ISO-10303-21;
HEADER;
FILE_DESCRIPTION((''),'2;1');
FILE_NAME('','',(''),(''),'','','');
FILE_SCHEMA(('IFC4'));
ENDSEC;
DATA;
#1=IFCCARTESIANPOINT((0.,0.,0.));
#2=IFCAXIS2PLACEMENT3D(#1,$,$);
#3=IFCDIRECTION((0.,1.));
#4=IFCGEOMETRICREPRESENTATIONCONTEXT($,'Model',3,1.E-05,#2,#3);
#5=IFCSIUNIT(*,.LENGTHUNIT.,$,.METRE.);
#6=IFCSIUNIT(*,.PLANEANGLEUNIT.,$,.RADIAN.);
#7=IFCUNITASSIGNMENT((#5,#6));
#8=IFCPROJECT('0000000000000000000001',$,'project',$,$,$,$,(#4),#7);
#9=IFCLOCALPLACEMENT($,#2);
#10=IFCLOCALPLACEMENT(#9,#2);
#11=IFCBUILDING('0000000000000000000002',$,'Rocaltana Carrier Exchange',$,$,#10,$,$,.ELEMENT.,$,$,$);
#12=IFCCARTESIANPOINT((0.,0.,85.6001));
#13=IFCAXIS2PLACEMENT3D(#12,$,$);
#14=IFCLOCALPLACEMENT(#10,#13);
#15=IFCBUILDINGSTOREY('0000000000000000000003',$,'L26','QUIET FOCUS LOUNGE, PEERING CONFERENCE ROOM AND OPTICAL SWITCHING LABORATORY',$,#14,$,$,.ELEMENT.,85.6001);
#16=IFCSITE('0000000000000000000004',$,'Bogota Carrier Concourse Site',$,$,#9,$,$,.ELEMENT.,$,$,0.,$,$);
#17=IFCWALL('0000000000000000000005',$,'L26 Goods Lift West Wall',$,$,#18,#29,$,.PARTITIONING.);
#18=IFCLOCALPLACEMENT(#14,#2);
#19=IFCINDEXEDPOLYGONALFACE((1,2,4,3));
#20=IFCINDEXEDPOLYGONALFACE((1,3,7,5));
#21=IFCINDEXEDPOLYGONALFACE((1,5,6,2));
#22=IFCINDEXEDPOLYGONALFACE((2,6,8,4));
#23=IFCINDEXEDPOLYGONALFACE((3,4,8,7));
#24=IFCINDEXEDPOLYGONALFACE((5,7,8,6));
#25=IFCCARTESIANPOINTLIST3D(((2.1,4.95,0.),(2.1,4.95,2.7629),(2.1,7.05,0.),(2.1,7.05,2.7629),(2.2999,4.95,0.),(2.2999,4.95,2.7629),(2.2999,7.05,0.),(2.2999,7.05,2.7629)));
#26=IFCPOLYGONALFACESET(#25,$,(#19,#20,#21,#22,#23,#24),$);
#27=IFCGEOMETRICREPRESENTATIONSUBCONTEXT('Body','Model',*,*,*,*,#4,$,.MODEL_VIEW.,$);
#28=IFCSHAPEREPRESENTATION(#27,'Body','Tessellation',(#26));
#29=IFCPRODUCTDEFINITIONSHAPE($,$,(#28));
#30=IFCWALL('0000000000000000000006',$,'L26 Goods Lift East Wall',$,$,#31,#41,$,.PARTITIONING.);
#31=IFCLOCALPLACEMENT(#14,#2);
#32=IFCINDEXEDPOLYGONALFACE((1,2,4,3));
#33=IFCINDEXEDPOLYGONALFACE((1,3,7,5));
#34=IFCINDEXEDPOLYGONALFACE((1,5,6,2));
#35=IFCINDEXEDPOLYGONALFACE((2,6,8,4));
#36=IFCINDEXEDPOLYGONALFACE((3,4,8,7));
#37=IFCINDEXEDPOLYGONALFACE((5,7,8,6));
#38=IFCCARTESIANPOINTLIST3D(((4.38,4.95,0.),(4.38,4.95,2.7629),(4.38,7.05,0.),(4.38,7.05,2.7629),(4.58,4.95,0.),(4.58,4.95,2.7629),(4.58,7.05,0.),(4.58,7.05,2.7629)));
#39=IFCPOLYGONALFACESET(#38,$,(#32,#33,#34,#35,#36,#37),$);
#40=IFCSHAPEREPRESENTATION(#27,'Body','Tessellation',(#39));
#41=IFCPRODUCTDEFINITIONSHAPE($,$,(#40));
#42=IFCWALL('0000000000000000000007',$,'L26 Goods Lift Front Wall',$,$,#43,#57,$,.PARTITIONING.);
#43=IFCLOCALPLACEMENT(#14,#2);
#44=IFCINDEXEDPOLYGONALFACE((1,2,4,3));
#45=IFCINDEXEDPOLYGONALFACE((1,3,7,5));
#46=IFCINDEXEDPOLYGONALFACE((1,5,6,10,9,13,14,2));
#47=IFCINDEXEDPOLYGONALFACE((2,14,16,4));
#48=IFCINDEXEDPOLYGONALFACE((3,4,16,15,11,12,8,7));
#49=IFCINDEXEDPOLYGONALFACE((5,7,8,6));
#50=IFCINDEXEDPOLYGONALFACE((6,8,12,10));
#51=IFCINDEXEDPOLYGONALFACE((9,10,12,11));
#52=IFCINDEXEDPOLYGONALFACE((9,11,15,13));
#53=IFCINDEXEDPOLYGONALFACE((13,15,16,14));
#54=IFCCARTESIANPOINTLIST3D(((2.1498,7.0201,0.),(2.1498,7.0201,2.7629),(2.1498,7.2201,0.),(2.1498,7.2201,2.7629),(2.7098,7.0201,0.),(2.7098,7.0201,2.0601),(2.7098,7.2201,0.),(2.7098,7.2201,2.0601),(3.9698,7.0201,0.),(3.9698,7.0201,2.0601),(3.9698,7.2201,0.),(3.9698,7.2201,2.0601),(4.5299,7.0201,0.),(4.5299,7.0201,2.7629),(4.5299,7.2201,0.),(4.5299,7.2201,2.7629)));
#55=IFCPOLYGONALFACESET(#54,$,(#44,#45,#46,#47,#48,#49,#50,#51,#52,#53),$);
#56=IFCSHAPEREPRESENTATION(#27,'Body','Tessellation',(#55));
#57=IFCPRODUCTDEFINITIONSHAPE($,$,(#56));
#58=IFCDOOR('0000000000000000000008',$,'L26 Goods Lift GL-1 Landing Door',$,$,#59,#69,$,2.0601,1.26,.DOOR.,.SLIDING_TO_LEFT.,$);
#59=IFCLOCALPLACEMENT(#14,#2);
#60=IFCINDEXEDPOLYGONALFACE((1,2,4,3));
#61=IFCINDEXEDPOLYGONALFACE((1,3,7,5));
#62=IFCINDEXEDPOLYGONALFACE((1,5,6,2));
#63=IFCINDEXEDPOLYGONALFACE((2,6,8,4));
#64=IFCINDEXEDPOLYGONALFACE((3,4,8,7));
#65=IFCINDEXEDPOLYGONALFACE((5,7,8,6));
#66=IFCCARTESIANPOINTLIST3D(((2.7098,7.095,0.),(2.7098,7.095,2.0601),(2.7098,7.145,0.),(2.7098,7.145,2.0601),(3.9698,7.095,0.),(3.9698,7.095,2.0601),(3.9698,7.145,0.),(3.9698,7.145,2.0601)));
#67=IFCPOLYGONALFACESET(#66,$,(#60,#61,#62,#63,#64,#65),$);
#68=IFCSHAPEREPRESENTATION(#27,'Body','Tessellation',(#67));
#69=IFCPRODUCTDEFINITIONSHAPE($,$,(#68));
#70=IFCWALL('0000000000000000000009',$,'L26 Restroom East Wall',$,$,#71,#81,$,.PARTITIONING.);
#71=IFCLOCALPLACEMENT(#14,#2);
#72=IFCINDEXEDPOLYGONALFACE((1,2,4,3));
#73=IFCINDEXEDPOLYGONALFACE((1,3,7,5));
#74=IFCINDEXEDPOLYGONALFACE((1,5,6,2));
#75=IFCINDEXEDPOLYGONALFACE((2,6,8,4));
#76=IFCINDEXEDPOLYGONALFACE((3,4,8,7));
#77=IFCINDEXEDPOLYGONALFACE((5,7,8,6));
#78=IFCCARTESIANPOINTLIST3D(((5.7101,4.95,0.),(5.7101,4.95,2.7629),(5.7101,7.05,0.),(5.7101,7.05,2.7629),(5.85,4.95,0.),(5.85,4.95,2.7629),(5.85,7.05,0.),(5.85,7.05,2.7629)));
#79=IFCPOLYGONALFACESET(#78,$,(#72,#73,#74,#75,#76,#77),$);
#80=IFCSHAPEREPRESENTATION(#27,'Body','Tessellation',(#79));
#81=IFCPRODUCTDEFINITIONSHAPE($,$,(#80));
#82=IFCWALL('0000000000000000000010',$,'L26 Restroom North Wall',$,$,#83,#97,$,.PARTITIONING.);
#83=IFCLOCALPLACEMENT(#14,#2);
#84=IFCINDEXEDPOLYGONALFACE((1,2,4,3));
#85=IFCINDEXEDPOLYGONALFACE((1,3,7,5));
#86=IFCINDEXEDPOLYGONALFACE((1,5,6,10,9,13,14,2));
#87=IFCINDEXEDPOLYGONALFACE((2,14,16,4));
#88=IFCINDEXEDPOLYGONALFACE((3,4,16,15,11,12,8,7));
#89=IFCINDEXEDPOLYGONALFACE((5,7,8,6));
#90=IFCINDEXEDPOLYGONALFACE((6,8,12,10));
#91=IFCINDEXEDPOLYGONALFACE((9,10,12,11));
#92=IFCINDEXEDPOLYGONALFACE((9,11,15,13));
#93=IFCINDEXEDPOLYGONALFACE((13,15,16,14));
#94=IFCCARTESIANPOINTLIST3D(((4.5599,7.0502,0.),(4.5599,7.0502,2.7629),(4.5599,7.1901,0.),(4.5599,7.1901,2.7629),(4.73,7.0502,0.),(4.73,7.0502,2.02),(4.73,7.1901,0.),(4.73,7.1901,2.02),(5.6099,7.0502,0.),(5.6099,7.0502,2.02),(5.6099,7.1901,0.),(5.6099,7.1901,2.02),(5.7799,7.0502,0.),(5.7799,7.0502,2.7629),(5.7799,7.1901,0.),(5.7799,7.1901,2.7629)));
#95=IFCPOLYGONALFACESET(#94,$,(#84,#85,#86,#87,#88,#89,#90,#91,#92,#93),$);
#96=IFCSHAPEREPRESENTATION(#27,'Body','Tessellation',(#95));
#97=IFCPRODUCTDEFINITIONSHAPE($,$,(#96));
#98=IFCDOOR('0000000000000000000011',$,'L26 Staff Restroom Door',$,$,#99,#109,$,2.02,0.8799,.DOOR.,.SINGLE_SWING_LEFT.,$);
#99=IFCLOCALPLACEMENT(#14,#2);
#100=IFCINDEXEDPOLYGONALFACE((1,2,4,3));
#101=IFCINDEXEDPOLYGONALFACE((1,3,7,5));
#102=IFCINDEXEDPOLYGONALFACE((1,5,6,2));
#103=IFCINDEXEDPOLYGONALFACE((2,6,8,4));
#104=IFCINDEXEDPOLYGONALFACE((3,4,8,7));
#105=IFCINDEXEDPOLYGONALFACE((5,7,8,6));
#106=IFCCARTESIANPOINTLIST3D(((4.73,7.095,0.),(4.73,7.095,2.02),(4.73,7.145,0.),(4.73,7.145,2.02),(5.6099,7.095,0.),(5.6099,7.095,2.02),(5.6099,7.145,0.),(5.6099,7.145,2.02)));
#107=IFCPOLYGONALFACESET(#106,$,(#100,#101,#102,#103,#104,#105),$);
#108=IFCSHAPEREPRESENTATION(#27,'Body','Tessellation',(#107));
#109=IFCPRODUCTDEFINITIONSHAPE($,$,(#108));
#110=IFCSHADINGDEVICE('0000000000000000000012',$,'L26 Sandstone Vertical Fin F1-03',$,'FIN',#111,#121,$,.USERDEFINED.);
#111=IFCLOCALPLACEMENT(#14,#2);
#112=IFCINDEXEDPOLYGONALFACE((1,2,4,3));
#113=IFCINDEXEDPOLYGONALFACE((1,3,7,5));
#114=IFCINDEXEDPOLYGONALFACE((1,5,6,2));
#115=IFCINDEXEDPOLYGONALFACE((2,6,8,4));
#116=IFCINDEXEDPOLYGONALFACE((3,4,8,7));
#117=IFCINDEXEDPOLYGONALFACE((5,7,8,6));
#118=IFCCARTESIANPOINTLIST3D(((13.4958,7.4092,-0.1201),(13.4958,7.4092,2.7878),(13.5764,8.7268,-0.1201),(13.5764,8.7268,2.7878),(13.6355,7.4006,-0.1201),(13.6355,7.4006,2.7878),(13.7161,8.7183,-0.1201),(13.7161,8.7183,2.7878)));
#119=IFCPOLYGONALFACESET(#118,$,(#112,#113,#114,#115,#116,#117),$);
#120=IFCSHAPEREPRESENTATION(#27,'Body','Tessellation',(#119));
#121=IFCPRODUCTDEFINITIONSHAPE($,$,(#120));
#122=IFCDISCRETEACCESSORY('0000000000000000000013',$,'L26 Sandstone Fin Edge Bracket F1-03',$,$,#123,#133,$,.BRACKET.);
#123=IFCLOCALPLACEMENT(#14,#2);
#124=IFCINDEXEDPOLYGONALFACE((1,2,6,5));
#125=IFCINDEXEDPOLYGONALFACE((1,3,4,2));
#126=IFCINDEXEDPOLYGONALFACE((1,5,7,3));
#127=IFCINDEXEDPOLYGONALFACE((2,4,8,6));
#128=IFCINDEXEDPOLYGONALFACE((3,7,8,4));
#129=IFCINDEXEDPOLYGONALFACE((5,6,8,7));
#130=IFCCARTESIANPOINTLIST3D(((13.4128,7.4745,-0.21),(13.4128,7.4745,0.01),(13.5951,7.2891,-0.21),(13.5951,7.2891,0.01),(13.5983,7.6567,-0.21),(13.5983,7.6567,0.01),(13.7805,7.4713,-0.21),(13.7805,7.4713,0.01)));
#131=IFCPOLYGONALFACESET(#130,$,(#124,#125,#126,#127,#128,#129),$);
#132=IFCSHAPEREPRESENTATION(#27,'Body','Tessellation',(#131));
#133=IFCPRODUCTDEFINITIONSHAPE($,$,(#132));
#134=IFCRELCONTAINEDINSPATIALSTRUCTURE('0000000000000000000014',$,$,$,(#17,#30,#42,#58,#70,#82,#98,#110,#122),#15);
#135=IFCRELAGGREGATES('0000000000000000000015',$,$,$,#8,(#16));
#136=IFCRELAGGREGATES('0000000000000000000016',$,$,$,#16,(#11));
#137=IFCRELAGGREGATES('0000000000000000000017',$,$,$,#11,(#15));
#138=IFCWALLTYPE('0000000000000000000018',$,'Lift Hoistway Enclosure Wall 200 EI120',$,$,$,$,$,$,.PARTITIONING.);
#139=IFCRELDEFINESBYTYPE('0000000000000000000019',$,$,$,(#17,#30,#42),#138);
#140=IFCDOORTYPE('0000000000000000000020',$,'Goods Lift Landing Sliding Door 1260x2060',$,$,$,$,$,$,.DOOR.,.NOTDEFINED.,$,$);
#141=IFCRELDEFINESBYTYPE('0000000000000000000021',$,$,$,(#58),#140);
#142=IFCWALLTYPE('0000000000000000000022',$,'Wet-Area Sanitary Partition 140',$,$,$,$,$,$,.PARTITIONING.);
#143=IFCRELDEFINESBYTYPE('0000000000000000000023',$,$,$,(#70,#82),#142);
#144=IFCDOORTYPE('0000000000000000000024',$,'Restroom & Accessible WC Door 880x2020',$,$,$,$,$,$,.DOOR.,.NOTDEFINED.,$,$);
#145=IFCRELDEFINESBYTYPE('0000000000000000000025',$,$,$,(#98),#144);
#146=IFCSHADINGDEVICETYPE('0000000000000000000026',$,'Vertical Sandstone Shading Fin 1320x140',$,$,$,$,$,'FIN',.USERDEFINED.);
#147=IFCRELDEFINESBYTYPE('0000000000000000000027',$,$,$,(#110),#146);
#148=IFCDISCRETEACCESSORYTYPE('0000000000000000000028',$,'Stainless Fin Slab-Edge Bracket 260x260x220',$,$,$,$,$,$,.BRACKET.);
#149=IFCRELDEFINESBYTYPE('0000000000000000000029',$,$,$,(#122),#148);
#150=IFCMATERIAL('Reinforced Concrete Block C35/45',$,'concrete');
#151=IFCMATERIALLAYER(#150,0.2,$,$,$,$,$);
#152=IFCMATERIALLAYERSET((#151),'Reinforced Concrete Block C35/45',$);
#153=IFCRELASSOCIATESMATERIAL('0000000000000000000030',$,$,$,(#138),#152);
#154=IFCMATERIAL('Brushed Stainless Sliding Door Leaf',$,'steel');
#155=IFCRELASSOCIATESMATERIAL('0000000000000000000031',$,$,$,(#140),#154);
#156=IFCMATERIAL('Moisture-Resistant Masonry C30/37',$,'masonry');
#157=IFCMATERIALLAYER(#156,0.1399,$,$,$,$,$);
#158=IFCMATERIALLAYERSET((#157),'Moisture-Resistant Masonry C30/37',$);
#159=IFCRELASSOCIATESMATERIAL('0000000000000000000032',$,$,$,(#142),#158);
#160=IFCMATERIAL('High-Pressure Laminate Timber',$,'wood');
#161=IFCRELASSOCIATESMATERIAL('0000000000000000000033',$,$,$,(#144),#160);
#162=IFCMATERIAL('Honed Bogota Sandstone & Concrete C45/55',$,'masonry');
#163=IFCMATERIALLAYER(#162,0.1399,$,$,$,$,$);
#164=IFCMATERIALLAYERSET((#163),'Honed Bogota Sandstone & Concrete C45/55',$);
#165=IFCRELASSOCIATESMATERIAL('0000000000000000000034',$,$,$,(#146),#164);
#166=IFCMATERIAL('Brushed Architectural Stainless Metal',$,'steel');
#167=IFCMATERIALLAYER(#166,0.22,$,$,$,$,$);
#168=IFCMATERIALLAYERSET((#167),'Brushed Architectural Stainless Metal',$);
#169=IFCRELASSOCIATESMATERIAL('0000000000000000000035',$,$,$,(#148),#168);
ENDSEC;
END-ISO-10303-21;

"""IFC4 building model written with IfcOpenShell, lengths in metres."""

from ifc_helpers import new_model, si_unit, direction, frame, frame_2d, origin, origin_2d, place, context, subcontext, project, spatial, rectangle, extrude, material, layer, layer_set, type_object, element, fill, save


model = new_model("IFC4")

# Units and contexts
model_context = context("Model", 3, precision=1e-05, world=origin(), true_north=direction((0.0, 1.0)))
body_context = subcontext(model_context, "Body", "Model", "MODEL_VIEW")
ifc_project = project(units=[si_unit("LENGTHUNIT", "METRE"), si_unit("PLANEANGLEUNIT", "RADIAN")], contexts=[model_context])

# Site, building, storey
site_placement = place(None, origin())
site = spatial("IfcSite", under=ifc_project, at=site_placement, Name="Bogota Carrier Concourse Site", CompositionType="ELEMENT", RefElevation=0.0)
building_placement = place(site_placement, origin())
building = spatial("IfcBuilding", under=site, at=building_placement, Name="Rocaltana Carrier Exchange", CompositionType="ELEMENT")
storey_placement = place(building_placement, frame((0.0, 0.0, 85.6001)))
storey = spatial("IfcBuildingStorey", under=building, at=storey_placement, Name="L26", Description="QUIET FOCUS LOUNGE, PEERING CONFERENCE ROOM AND OPTICAL SWITCHING LABORATORY", CompositionType="ELEMENT", Elevation=85.6001)

# Walls
ifc_material_1 = material(Name="Reinforced Concrete Block C35/45", Category="concrete")
ifc_layer_1 = layer(ifc_material_1, 0.2)
ifc_layer_set_1 = layer_set([ifc_layer_1], Name="Reinforced Concrete Block C35/45")
wall_type_1 = type_object("IfcWallType", Name="Lift Hoistway Enclosure Wall 200 EI120", PredefinedType="PARTITIONING", material=ifc_layer_set_1)
for number, where, z_axis, x_axis, name in (
    (1, (2.2, 4.95, 0.0), (0.0, 0.0, 1.0), (0.0, 1.0, 0.0), "L26 Goods Lift West Wall"),
    (2, (4.48, 4.95, 0.0), (0.0, 0.0, 1.0), (0.0, 1.0, 0.0), "L26 Goods Lift East Wall"),
):
    element("IfcWall", number, at=place(storey_placement, frame(where, z_axis=z_axis, x_axis=x_axis)), inside=storey, type_object=wall_type_1, Name=name, PredefinedType="PARTITIONING", context=body_context, shape_type="SweptSolid", body=[
        extrude(rectangle(XDim=2.1001, YDim=0.2, at=frame_2d((1.05, 0.0))), origin(), (0.0, 0.0, 1.0), 2.7629),
    ])

# Wall, opening, door
wall_1_placement = place(storey_placement, frame((2.1499, 7.1201, 0.0), z_axis=(0.0, 0.0, 1.0), x_axis=(1.0, 0.0, 0.0)))
wall_1 = element("IfcWall", 3, at=wall_1_placement, inside=storey, type_object=wall_type_1, Name="L26 Goods Lift Front Wall", PredefinedType="PARTITIONING", context=body_context, shape_type="SweptSolid", body=[
    extrude(rectangle(XDim=2.3801, YDim=0.2, at=frame_2d((1.1899, 0.0))), origin(), (0.0, 0.0, 1.0), 2.7629),
])
opening_1_placement = place(wall_1_placement, frame((0.5601, 0.0, 0.0)))
opening_1 = element("IfcOpeningElement", 4, at=opening_1_placement, cuts=wall_1, PredefinedType="OPENING", context=body_context, shape_type="SweptSolid", body=[
    extrude(rectangle(XDim=1.26, YDim=2.0601, at=frame_2d((0.6299, 1.03))), frame((0.0, 0.1099, 0.0), z_axis=(0.0, -1.0, 0.0), x_axis=(1.0, 0.0, 0.0)), (0.0, 0.0, 1.0), 0.22),
])
ifc_material_2 = material(Name="Brushed Stainless Sliding Door Leaf", Category="steel")
door_type_1 = type_object("IfcDoorType", Name="Goods Lift Landing Sliding Door 1260x2060", OperationType="NOTDEFINED", PredefinedType="DOOR", material=ifc_material_2)
door_1_placement = place(opening_1_placement, origin())
door_1 = element("IfcDoor", 5, at=door_1_placement, inside=storey, type_object=door_type_1, Name="L26 Goods Lift GL-1 Landing Door", OperationType="SLIDING_TO_LEFT", OverallHeight=2.0601, OverallWidth=1.26, PredefinedType="DOOR", context=body_context, shape_type="SweptSolid", body=[
    extrude(rectangle(XDim=1.26, YDim=2.0601, at=frame_2d((0.6299, 1.03))), frame((0.0, 0.0249, 0.0), z_axis=(0.0, -1.0, 0.0), x_axis=(1.0, 0.0, 0.0)), (0.0, 0.0, 1.0), 0.05),
])
fill(opening_1, door_1)

# Wall
ifc_material_3 = material(Name="Moisture-Resistant Masonry C30/37", Category="masonry")
ifc_layer_2 = layer(ifc_material_3, 0.1399)
ifc_layer_set_2 = layer_set([ifc_layer_2], Name="Moisture-Resistant Masonry C30/37")
wall_type_2 = type_object("IfcWallType", Name="Wet-Area Sanitary Partition 140", PredefinedType="PARTITIONING", material=ifc_layer_set_2)
wall_2_placement = place(storey_placement, frame((5.78, 4.95, 0.0), z_axis=(0.0, 0.0, 1.0), x_axis=(0.0, 1.0, 0.0)))
element("IfcWall", 6, at=wall_2_placement, inside=storey, type_object=wall_type_2, Name="L26 Restroom East Wall", PredefinedType="PARTITIONING", context=body_context, shape_type="SweptSolid", body=[
    extrude(rectangle(XDim=2.1001, YDim=0.1399, at=frame_2d((1.05, 0.0))), origin(), (0.0, 0.0, 1.0), 2.7629),
])

# Wall, opening, door
wall_3_placement = place(storey_placement, frame((4.5601, 7.1201, 0.0), z_axis=(0.0, 0.0, 1.0), x_axis=(1.0, 0.0, 0.0)))
wall_3 = element("IfcWall", 7, at=wall_3_placement, inside=storey, type_object=wall_type_2, Name="L26 Restroom North Wall", PredefinedType="PARTITIONING", context=body_context, shape_type="SweptSolid", body=[
    extrude(rectangle(XDim=1.22, YDim=0.1399, at=frame_2d((0.6099, 0.0))), origin(), (0.0, 0.0, 1.0), 2.7629),
])
opening_2_placement = place(wall_3_placement, frame((0.1699, 0.0, 0.0)))
opening_2 = element("IfcOpeningElement", 8, at=opening_2_placement, cuts=wall_3, PredefinedType="OPENING", context=body_context, shape_type="SweptSolid", body=[
    extrude(rectangle(XDim=0.8799, YDim=2.02, at=frame_2d((0.4399, 1.01))), frame((0.0, 0.0798, 0.0), z_axis=(0.0, -1.0, 0.0), x_axis=(1.0, 0.0, 0.0)), (0.0, 0.0, 1.0), 0.1599),
])
ifc_material_4 = material(Name="High-Pressure Laminate Timber", Category="wood")
door_type_2 = type_object("IfcDoorType", Name="Restroom & Accessible WC Door 880x2020", OperationType="NOTDEFINED", PredefinedType="DOOR", material=ifc_material_4)
door_2_placement = place(opening_2_placement, origin())
door_2 = element("IfcDoor", 9, at=door_2_placement, inside=storey, type_object=door_type_2, Name="L26 Staff Restroom Door", OperationType="SINGLE_SWING_LEFT", OverallHeight=2.02, OverallWidth=0.8799, PredefinedType="DOOR", context=body_context, shape_type="SweptSolid", body=[
    extrude(rectangle(XDim=0.8799, YDim=2.02, at=frame_2d((0.4399, 1.01))), frame((0.0, 0.0249, 0.0), z_axis=(0.0, -1.0, 0.0), x_axis=(1.0, 0.0, 0.0)), (0.0, 0.0, 1.0), 0.05),
])
fill(opening_2, door_2)

# Shading device
ifc_material_5 = material(Name="Honed Bogota Sandstone & Concrete C45/55", Category="masonry")
ifc_layer_3 = layer(ifc_material_5, 0.1399)
ifc_layer_set_3 = layer_set([ifc_layer_3], Name="Honed Bogota Sandstone & Concrete C45/55")
shading_device_type = type_object("IfcShadingDeviceType", Name="Vertical Sandstone Shading Fin 1320x140", ElementType="FIN", PredefinedType="USERDEFINED", material=ifc_layer_set_3)
shading_device_placement = place(storey_placement, frame((13.606, 8.0637, -0.1201), z_axis=(0.0, 0.0, 1.0), x_axis=(0.061049, 0.998135, 0.0)))
element("IfcShadingDevice", 10, at=shading_device_placement, inside=storey, type_object=shading_device_type, Name="L26 Sandstone Vertical Fin F1-03", ObjectType="FIN", PredefinedType="USERDEFINED", context=body_context, shape_type="SweptSolid", body=[
    extrude(rectangle(XDim=1.3201, YDim=0.1399, at=origin_2d()), origin(), (0.0, 0.0, 1.0), 2.908),
])

# Discrete accessory
ifc_material_6 = material(Name="Brushed Architectural Stainless Metal", Category="steel")
ifc_layer_4 = layer(ifc_material_6, 0.22)
ifc_layer_set_4 = layer_set([ifc_layer_4], Name="Brushed Architectural Stainless Metal")
discrete_accessory_type = type_object("IfcDiscreteAccessoryType", Name="Stainless Fin Slab-Edge Bracket 260x260x220", PredefinedType="BRACKET", material=ifc_layer_set_4)
discrete_accessory_placement = place(storey_placement, frame((13.5967, 7.4729, -0.21), z_axis=(0.0, 0.0, 1.0), x_axis=(-0.700909, 0.71325, 0.0)))
element("IfcDiscreteAccessory", 11, at=discrete_accessory_placement, inside=storey, type_object=discrete_accessory_type, Name="L26 Sandstone Fin Edge Bracket F1-03", PredefinedType="BRACKET", context=body_context, shape_type="SweptSolid", body=[
    extrude(rectangle(XDim=0.26, YDim=0.26, at=origin_2d()), origin(), (0.0, 0.0, 1.0), 0.22),
])

save(model, "model.ifc")
